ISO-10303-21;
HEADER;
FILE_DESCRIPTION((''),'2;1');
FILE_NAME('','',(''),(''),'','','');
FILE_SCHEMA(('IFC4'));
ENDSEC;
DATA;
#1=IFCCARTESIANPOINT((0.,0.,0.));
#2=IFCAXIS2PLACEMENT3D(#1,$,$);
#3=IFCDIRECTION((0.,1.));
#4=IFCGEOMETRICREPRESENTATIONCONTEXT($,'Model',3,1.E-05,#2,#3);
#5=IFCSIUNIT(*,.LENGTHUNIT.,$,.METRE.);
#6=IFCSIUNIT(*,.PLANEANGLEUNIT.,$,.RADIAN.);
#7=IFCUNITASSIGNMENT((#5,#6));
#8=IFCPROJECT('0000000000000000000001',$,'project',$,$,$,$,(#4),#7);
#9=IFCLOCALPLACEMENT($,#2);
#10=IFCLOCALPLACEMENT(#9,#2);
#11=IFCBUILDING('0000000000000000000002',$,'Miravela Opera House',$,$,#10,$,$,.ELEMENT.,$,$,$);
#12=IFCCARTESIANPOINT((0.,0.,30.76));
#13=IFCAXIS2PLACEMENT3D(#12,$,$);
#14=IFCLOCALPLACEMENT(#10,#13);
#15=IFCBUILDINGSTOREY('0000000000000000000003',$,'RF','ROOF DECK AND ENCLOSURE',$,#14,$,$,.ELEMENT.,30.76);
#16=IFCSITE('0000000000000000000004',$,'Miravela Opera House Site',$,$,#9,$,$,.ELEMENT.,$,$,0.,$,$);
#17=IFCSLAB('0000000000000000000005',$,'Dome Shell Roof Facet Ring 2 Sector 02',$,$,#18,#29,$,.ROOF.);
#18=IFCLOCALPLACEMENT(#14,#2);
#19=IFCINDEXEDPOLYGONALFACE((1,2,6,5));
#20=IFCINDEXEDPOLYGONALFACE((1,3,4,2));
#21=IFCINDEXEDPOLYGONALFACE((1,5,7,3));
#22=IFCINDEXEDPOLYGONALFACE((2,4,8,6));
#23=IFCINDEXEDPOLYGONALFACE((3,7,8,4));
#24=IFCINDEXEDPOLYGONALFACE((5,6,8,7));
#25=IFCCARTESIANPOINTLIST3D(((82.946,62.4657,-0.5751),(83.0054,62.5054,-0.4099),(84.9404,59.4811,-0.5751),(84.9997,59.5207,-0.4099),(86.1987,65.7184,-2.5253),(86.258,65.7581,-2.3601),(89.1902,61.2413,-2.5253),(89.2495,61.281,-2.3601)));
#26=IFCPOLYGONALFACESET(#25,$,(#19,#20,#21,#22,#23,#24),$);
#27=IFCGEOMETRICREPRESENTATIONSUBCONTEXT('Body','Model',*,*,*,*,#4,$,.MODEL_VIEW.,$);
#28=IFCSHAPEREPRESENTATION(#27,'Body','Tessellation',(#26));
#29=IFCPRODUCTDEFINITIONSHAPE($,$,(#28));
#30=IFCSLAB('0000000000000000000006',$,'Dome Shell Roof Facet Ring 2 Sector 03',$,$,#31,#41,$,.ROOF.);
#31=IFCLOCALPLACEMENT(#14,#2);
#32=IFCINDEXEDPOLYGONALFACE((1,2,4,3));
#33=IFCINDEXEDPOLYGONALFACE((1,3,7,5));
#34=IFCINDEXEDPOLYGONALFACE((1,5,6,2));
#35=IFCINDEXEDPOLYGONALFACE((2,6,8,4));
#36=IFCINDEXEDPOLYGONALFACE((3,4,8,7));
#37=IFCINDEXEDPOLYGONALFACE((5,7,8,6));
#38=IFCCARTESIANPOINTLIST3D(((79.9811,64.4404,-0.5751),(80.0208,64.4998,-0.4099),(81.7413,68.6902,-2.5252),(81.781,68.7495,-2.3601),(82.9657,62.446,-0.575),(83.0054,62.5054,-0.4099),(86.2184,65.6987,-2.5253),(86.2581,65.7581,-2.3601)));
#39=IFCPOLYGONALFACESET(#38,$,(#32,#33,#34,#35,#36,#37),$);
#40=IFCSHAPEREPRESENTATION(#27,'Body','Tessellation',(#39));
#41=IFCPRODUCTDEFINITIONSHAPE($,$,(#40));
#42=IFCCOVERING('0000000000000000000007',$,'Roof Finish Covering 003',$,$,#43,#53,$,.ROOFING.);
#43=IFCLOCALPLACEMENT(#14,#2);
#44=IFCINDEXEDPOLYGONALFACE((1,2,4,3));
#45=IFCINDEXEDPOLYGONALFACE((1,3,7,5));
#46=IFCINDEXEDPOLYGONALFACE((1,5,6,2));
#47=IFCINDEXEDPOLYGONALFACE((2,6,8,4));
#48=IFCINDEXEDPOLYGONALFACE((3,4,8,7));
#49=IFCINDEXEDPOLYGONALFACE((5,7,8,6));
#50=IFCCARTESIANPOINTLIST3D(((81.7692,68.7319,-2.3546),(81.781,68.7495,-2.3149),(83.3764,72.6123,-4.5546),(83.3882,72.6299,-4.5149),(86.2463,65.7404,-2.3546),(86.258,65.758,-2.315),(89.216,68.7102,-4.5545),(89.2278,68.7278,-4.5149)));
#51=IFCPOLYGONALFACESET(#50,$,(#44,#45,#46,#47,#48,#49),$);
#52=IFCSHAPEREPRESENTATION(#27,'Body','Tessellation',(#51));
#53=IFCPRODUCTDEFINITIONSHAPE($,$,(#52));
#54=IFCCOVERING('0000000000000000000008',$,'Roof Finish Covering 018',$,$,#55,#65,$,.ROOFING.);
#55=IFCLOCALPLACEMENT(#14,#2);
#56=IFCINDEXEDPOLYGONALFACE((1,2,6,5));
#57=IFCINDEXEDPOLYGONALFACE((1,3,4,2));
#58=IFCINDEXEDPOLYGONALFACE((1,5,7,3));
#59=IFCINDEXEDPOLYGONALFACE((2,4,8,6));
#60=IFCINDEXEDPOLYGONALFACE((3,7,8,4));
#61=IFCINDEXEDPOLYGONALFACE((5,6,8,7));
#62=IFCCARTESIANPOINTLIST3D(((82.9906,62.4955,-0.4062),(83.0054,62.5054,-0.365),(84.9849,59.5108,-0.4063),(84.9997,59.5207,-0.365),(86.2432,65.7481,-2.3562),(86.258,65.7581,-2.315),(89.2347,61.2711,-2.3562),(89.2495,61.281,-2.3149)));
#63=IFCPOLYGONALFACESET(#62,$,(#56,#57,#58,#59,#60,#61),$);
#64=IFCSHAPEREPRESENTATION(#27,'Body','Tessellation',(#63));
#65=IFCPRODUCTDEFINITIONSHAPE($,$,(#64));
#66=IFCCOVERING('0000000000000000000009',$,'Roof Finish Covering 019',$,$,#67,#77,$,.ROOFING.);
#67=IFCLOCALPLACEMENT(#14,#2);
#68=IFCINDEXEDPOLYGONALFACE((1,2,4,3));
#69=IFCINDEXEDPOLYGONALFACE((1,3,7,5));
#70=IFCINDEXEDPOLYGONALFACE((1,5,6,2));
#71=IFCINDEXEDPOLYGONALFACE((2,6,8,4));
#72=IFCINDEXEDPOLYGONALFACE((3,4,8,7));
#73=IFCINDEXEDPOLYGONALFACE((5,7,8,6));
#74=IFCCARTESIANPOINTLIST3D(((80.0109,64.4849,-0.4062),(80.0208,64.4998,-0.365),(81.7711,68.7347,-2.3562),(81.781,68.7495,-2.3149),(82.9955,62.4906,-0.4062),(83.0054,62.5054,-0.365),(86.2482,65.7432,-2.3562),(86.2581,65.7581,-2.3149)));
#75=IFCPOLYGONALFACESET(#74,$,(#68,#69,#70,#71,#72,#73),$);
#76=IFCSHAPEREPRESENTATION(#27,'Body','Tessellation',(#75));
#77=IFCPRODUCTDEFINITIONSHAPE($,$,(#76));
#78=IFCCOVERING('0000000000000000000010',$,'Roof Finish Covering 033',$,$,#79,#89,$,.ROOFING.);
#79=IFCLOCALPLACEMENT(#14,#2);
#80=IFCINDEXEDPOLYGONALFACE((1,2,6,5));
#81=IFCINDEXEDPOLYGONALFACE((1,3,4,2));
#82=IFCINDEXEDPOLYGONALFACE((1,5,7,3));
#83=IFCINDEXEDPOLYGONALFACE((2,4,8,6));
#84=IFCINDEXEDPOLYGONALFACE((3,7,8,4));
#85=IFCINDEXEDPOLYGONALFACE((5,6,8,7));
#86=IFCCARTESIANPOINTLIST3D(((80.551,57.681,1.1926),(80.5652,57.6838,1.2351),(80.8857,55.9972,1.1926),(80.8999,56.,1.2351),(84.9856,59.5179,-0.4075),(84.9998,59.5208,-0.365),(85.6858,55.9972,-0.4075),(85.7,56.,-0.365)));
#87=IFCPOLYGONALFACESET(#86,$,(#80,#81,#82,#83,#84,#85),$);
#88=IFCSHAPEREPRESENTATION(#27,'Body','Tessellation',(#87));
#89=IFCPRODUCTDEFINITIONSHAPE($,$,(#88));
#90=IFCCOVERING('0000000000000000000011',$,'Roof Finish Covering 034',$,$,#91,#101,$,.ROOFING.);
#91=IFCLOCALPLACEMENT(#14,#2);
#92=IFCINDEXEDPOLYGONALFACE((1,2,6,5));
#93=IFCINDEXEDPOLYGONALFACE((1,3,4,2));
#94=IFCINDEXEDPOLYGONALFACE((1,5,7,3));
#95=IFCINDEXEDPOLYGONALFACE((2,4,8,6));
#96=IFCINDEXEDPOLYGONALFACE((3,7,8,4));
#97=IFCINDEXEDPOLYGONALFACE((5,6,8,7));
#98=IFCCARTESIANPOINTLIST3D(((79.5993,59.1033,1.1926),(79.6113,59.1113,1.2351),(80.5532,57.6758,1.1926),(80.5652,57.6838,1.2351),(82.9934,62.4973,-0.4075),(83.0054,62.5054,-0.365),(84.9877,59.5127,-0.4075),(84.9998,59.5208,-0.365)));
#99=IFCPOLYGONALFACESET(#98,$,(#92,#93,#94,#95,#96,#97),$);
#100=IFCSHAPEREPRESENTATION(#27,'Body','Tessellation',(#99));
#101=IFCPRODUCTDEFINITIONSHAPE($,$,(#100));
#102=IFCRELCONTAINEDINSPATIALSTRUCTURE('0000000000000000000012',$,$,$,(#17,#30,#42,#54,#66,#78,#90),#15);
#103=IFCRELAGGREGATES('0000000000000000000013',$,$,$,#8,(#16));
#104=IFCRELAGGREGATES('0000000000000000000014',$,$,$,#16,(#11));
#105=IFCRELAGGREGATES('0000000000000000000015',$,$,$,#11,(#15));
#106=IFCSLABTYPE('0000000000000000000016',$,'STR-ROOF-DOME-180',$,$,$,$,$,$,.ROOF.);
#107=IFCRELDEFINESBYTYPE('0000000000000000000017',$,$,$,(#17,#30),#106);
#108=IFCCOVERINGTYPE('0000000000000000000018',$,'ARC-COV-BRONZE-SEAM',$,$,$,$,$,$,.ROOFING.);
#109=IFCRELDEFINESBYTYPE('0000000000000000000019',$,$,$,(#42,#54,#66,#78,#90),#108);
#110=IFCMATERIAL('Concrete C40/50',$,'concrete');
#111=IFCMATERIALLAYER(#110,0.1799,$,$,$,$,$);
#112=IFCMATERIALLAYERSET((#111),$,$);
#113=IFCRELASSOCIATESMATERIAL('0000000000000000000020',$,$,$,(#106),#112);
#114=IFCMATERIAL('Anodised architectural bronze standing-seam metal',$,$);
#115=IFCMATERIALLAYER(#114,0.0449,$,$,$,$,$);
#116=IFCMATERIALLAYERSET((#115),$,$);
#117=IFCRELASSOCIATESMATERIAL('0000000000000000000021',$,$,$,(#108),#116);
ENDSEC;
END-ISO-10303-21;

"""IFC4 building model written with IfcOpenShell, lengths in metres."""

from ifc_helpers import new_model, si_unit, direction, frame, origin, place, context, subcontext, project, spatial, polyline, outline, extrude, material, layer, layer_set, type_object, element, save


model = new_model("IFC4")

# Units and contexts
model_context = context("Model", 3, precision=1e-05, world=origin(), true_north=direction((0.0, 1.0)))
body_context = subcontext(model_context, "Body", "Model", "MODEL_VIEW")
ifc_project = project(units=[si_unit("LENGTHUNIT", "METRE"), si_unit("PLANEANGLEUNIT", "RADIAN")], contexts=[model_context])

# Site, building, storey
site_placement = place(None, origin())
site = spatial("IfcSite", under=ifc_project, at=site_placement, Name="Miravela Opera House Site", CompositionType="ELEMENT", RefElevation=0.0)
building_placement = place(site_placement, origin())
building = spatial("IfcBuilding", under=site, at=building_placement, Name="Miravela Opera House", CompositionType="ELEMENT")
storey_placement = place(building_placement, frame((0.0, 0.0, 30.76)))
storey = spatial("IfcBuildingStorey", under=building, at=storey_placement, Name="RF", Description="ROOF DECK AND ENCLOSURE", CompositionType="ELEMENT", Elevation=30.76)

# Slabs
ifc_material_1 = material(Name="Concrete C40/50", Category="concrete")
ifc_layer_1 = layer(ifc_material_1, 0.1799)
ifc_layer_set_1 = layer_set([ifc_layer_1])
slab_type = type_object("IfcSlabType", Name="STR-ROOF-DOME-180", PredefinedType="ROOF", material=ifc_layer_set_1)
slab_1_placement = place(storey_placement, frame((89.2495, 61.281, -2.3601), z_axis=(0.329911, 0.220445, 0.917912), x_axis=(-0.55557, 0.83147, -0.000005)))
element("IfcSlab", 1, at=slab_1_placement, inside=storey, type_object=slab_type, Name="Dome Shell Roof Facet Ring 2 Sector 02", PredefinedType="ROOF", context=body_context, shape_type="SweptSolid", body=[
    extrude(outline(polyline([(0.0, 0.0), (5.3845, 0.0), (4.4871, 4.9151), (0.8974, 4.915), (0.0, 0.0)])), origin(), (0.0, 0.0, -1.0), 0.1799),
])
slab_2_placement = place(storey_placement, frame((86.2581, 65.7581, -2.3601), z_axis=(0.220445, 0.329911, 0.917912), x_axis=(-0.83147, 0.55557, 0.000005)))
element("IfcSlab", 2, at=slab_2_placement, inside=storey, type_object=slab_type, Name="Dome Shell Roof Facet Ring 2 Sector 03", PredefinedType="ROOF", context=body_context, shape_type="SweptSolid", body=[
    extrude(outline(polyline([(0.0, 0.0), (5.3845, 0.0), (4.4871, 4.915), (0.8974, 4.9151), (0.0, 0.0)])), origin(), (0.0, 0.0, -1.0), 0.1799),
])

# Coverings
ifc_material_2 = material(Name="Anodised architectural bronze standing-seam metal")
ifc_layer_2 = layer(ifc_material_2, 0.0449)
ifc_layer_set_2 = layer_set([ifc_layer_2])
covering_type = type_object("IfcCoveringType", Name="ARC-COV-BRONZE-SEAM", PredefinedType="ROOFING", material=ifc_layer_set_2)
covering_1_placement = place(storey_placement, frame((89.2278, 68.7278, -4.5149), z_axis=(0.261731, 0.391697, 0.882083), x_axis=(-0.831458, 0.555588, -0.000005)))
element("IfcCovering", 3, at=covering_1_placement, inside=storey, type_object=covering_type, Name="Roof Finish Covering 003", PredefinedType="ROOFING", context=body_context, shape_type="SweptSolid", body=[
    extrude(outline(polyline([(0.0, 0.0), (7.0233, 0.0), (6.2037, 4.6699), (0.8192, 4.6698), (0.0, 0.0)])), origin(), (0.0, 0.0, -1.0), 0.0449),
])
covering_2_placement = place(storey_placement, frame((89.2495, 61.281, -2.3149), z_axis=(0.329877, 0.220421, 0.91793), x_axis=(-0.55557, 0.83147, -0.000005)))
element("IfcCovering", 4, at=covering_2_placement, inside=storey, type_object=covering_type, Name="Roof Finish Covering 018", PredefinedType="ROOFING", context=body_context, shape_type="SweptSolid", body=[
    extrude(outline(polyline([(0.0, 0.0), (5.3845, 0.0), (4.4871, 4.915), (0.8974, 4.9149), (0.0, 0.0)])), origin(), (0.0, 0.0, -1.0), 0.0449),
])
covering_3_placement = place(storey_placement, frame((86.2581, 65.7581, -2.3149), z_axis=(0.220421, 0.329877, 0.91793), x_axis=(-0.83147, 0.55557, 0.000005)))
element("IfcCovering", 5, at=covering_3_placement, inside=storey, type_object=covering_type, Name="Roof Finish Covering 019", PredefinedType="ROOFING", context=body_context, shape_type="SweptSolid", body=[
    extrude(outline(polyline([(0.0, 0.0), (5.3845, 0.0), (4.4871, 4.9149), (0.8974, 4.915), (0.0, 0.0)])), origin(), (0.0, 0.0, -1.0), 0.0449),
])
covering_4_placement = place(storey_placement, frame((85.7, 56.0, -0.365), z_axis=(0.315625, 0.062761, 0.946806), x_axis=(-0.195054, 0.980793, 0.000009)))
element("IfcCovering", 6, at=covering_4_placement, inside=storey, type_object=covering_type, Name="Roof Finish Covering 033", PredefinedType="ROOFING", context=body_context, shape_type="SweptSolid", body=[
    extrude(outline(polyline([(0.0, 0.0), (3.5897, 0.0), (2.6531, 4.9722), (0.9363, 4.9723), (0.0, 0.0)])), origin(), (0.0, 0.0, -1.0), 0.0449),
])
covering_5_placement = place(storey_placement, frame((84.9998, 59.5208, -0.365), z_axis=(0.267569, 0.178794, 0.946805), x_axis=(-0.555594, 0.831454, 0.000001)))
element("IfcCovering", 7, at=covering_5_placement, inside=storey, type_object=covering_type, Name="Roof Finish Covering 034", PredefinedType="ROOFING", context=body_context, shape_type="SweptSolid", body=[
    extrude(outline(polyline([(0.0, 0.0), (3.5896, 0.0), (2.6534, 4.9722), (0.9365, 4.9722), (0.0, 0.0)])), origin(), (0.0, 0.0, -1.0), 0.0449),
])

save(model, "model.ifc")
